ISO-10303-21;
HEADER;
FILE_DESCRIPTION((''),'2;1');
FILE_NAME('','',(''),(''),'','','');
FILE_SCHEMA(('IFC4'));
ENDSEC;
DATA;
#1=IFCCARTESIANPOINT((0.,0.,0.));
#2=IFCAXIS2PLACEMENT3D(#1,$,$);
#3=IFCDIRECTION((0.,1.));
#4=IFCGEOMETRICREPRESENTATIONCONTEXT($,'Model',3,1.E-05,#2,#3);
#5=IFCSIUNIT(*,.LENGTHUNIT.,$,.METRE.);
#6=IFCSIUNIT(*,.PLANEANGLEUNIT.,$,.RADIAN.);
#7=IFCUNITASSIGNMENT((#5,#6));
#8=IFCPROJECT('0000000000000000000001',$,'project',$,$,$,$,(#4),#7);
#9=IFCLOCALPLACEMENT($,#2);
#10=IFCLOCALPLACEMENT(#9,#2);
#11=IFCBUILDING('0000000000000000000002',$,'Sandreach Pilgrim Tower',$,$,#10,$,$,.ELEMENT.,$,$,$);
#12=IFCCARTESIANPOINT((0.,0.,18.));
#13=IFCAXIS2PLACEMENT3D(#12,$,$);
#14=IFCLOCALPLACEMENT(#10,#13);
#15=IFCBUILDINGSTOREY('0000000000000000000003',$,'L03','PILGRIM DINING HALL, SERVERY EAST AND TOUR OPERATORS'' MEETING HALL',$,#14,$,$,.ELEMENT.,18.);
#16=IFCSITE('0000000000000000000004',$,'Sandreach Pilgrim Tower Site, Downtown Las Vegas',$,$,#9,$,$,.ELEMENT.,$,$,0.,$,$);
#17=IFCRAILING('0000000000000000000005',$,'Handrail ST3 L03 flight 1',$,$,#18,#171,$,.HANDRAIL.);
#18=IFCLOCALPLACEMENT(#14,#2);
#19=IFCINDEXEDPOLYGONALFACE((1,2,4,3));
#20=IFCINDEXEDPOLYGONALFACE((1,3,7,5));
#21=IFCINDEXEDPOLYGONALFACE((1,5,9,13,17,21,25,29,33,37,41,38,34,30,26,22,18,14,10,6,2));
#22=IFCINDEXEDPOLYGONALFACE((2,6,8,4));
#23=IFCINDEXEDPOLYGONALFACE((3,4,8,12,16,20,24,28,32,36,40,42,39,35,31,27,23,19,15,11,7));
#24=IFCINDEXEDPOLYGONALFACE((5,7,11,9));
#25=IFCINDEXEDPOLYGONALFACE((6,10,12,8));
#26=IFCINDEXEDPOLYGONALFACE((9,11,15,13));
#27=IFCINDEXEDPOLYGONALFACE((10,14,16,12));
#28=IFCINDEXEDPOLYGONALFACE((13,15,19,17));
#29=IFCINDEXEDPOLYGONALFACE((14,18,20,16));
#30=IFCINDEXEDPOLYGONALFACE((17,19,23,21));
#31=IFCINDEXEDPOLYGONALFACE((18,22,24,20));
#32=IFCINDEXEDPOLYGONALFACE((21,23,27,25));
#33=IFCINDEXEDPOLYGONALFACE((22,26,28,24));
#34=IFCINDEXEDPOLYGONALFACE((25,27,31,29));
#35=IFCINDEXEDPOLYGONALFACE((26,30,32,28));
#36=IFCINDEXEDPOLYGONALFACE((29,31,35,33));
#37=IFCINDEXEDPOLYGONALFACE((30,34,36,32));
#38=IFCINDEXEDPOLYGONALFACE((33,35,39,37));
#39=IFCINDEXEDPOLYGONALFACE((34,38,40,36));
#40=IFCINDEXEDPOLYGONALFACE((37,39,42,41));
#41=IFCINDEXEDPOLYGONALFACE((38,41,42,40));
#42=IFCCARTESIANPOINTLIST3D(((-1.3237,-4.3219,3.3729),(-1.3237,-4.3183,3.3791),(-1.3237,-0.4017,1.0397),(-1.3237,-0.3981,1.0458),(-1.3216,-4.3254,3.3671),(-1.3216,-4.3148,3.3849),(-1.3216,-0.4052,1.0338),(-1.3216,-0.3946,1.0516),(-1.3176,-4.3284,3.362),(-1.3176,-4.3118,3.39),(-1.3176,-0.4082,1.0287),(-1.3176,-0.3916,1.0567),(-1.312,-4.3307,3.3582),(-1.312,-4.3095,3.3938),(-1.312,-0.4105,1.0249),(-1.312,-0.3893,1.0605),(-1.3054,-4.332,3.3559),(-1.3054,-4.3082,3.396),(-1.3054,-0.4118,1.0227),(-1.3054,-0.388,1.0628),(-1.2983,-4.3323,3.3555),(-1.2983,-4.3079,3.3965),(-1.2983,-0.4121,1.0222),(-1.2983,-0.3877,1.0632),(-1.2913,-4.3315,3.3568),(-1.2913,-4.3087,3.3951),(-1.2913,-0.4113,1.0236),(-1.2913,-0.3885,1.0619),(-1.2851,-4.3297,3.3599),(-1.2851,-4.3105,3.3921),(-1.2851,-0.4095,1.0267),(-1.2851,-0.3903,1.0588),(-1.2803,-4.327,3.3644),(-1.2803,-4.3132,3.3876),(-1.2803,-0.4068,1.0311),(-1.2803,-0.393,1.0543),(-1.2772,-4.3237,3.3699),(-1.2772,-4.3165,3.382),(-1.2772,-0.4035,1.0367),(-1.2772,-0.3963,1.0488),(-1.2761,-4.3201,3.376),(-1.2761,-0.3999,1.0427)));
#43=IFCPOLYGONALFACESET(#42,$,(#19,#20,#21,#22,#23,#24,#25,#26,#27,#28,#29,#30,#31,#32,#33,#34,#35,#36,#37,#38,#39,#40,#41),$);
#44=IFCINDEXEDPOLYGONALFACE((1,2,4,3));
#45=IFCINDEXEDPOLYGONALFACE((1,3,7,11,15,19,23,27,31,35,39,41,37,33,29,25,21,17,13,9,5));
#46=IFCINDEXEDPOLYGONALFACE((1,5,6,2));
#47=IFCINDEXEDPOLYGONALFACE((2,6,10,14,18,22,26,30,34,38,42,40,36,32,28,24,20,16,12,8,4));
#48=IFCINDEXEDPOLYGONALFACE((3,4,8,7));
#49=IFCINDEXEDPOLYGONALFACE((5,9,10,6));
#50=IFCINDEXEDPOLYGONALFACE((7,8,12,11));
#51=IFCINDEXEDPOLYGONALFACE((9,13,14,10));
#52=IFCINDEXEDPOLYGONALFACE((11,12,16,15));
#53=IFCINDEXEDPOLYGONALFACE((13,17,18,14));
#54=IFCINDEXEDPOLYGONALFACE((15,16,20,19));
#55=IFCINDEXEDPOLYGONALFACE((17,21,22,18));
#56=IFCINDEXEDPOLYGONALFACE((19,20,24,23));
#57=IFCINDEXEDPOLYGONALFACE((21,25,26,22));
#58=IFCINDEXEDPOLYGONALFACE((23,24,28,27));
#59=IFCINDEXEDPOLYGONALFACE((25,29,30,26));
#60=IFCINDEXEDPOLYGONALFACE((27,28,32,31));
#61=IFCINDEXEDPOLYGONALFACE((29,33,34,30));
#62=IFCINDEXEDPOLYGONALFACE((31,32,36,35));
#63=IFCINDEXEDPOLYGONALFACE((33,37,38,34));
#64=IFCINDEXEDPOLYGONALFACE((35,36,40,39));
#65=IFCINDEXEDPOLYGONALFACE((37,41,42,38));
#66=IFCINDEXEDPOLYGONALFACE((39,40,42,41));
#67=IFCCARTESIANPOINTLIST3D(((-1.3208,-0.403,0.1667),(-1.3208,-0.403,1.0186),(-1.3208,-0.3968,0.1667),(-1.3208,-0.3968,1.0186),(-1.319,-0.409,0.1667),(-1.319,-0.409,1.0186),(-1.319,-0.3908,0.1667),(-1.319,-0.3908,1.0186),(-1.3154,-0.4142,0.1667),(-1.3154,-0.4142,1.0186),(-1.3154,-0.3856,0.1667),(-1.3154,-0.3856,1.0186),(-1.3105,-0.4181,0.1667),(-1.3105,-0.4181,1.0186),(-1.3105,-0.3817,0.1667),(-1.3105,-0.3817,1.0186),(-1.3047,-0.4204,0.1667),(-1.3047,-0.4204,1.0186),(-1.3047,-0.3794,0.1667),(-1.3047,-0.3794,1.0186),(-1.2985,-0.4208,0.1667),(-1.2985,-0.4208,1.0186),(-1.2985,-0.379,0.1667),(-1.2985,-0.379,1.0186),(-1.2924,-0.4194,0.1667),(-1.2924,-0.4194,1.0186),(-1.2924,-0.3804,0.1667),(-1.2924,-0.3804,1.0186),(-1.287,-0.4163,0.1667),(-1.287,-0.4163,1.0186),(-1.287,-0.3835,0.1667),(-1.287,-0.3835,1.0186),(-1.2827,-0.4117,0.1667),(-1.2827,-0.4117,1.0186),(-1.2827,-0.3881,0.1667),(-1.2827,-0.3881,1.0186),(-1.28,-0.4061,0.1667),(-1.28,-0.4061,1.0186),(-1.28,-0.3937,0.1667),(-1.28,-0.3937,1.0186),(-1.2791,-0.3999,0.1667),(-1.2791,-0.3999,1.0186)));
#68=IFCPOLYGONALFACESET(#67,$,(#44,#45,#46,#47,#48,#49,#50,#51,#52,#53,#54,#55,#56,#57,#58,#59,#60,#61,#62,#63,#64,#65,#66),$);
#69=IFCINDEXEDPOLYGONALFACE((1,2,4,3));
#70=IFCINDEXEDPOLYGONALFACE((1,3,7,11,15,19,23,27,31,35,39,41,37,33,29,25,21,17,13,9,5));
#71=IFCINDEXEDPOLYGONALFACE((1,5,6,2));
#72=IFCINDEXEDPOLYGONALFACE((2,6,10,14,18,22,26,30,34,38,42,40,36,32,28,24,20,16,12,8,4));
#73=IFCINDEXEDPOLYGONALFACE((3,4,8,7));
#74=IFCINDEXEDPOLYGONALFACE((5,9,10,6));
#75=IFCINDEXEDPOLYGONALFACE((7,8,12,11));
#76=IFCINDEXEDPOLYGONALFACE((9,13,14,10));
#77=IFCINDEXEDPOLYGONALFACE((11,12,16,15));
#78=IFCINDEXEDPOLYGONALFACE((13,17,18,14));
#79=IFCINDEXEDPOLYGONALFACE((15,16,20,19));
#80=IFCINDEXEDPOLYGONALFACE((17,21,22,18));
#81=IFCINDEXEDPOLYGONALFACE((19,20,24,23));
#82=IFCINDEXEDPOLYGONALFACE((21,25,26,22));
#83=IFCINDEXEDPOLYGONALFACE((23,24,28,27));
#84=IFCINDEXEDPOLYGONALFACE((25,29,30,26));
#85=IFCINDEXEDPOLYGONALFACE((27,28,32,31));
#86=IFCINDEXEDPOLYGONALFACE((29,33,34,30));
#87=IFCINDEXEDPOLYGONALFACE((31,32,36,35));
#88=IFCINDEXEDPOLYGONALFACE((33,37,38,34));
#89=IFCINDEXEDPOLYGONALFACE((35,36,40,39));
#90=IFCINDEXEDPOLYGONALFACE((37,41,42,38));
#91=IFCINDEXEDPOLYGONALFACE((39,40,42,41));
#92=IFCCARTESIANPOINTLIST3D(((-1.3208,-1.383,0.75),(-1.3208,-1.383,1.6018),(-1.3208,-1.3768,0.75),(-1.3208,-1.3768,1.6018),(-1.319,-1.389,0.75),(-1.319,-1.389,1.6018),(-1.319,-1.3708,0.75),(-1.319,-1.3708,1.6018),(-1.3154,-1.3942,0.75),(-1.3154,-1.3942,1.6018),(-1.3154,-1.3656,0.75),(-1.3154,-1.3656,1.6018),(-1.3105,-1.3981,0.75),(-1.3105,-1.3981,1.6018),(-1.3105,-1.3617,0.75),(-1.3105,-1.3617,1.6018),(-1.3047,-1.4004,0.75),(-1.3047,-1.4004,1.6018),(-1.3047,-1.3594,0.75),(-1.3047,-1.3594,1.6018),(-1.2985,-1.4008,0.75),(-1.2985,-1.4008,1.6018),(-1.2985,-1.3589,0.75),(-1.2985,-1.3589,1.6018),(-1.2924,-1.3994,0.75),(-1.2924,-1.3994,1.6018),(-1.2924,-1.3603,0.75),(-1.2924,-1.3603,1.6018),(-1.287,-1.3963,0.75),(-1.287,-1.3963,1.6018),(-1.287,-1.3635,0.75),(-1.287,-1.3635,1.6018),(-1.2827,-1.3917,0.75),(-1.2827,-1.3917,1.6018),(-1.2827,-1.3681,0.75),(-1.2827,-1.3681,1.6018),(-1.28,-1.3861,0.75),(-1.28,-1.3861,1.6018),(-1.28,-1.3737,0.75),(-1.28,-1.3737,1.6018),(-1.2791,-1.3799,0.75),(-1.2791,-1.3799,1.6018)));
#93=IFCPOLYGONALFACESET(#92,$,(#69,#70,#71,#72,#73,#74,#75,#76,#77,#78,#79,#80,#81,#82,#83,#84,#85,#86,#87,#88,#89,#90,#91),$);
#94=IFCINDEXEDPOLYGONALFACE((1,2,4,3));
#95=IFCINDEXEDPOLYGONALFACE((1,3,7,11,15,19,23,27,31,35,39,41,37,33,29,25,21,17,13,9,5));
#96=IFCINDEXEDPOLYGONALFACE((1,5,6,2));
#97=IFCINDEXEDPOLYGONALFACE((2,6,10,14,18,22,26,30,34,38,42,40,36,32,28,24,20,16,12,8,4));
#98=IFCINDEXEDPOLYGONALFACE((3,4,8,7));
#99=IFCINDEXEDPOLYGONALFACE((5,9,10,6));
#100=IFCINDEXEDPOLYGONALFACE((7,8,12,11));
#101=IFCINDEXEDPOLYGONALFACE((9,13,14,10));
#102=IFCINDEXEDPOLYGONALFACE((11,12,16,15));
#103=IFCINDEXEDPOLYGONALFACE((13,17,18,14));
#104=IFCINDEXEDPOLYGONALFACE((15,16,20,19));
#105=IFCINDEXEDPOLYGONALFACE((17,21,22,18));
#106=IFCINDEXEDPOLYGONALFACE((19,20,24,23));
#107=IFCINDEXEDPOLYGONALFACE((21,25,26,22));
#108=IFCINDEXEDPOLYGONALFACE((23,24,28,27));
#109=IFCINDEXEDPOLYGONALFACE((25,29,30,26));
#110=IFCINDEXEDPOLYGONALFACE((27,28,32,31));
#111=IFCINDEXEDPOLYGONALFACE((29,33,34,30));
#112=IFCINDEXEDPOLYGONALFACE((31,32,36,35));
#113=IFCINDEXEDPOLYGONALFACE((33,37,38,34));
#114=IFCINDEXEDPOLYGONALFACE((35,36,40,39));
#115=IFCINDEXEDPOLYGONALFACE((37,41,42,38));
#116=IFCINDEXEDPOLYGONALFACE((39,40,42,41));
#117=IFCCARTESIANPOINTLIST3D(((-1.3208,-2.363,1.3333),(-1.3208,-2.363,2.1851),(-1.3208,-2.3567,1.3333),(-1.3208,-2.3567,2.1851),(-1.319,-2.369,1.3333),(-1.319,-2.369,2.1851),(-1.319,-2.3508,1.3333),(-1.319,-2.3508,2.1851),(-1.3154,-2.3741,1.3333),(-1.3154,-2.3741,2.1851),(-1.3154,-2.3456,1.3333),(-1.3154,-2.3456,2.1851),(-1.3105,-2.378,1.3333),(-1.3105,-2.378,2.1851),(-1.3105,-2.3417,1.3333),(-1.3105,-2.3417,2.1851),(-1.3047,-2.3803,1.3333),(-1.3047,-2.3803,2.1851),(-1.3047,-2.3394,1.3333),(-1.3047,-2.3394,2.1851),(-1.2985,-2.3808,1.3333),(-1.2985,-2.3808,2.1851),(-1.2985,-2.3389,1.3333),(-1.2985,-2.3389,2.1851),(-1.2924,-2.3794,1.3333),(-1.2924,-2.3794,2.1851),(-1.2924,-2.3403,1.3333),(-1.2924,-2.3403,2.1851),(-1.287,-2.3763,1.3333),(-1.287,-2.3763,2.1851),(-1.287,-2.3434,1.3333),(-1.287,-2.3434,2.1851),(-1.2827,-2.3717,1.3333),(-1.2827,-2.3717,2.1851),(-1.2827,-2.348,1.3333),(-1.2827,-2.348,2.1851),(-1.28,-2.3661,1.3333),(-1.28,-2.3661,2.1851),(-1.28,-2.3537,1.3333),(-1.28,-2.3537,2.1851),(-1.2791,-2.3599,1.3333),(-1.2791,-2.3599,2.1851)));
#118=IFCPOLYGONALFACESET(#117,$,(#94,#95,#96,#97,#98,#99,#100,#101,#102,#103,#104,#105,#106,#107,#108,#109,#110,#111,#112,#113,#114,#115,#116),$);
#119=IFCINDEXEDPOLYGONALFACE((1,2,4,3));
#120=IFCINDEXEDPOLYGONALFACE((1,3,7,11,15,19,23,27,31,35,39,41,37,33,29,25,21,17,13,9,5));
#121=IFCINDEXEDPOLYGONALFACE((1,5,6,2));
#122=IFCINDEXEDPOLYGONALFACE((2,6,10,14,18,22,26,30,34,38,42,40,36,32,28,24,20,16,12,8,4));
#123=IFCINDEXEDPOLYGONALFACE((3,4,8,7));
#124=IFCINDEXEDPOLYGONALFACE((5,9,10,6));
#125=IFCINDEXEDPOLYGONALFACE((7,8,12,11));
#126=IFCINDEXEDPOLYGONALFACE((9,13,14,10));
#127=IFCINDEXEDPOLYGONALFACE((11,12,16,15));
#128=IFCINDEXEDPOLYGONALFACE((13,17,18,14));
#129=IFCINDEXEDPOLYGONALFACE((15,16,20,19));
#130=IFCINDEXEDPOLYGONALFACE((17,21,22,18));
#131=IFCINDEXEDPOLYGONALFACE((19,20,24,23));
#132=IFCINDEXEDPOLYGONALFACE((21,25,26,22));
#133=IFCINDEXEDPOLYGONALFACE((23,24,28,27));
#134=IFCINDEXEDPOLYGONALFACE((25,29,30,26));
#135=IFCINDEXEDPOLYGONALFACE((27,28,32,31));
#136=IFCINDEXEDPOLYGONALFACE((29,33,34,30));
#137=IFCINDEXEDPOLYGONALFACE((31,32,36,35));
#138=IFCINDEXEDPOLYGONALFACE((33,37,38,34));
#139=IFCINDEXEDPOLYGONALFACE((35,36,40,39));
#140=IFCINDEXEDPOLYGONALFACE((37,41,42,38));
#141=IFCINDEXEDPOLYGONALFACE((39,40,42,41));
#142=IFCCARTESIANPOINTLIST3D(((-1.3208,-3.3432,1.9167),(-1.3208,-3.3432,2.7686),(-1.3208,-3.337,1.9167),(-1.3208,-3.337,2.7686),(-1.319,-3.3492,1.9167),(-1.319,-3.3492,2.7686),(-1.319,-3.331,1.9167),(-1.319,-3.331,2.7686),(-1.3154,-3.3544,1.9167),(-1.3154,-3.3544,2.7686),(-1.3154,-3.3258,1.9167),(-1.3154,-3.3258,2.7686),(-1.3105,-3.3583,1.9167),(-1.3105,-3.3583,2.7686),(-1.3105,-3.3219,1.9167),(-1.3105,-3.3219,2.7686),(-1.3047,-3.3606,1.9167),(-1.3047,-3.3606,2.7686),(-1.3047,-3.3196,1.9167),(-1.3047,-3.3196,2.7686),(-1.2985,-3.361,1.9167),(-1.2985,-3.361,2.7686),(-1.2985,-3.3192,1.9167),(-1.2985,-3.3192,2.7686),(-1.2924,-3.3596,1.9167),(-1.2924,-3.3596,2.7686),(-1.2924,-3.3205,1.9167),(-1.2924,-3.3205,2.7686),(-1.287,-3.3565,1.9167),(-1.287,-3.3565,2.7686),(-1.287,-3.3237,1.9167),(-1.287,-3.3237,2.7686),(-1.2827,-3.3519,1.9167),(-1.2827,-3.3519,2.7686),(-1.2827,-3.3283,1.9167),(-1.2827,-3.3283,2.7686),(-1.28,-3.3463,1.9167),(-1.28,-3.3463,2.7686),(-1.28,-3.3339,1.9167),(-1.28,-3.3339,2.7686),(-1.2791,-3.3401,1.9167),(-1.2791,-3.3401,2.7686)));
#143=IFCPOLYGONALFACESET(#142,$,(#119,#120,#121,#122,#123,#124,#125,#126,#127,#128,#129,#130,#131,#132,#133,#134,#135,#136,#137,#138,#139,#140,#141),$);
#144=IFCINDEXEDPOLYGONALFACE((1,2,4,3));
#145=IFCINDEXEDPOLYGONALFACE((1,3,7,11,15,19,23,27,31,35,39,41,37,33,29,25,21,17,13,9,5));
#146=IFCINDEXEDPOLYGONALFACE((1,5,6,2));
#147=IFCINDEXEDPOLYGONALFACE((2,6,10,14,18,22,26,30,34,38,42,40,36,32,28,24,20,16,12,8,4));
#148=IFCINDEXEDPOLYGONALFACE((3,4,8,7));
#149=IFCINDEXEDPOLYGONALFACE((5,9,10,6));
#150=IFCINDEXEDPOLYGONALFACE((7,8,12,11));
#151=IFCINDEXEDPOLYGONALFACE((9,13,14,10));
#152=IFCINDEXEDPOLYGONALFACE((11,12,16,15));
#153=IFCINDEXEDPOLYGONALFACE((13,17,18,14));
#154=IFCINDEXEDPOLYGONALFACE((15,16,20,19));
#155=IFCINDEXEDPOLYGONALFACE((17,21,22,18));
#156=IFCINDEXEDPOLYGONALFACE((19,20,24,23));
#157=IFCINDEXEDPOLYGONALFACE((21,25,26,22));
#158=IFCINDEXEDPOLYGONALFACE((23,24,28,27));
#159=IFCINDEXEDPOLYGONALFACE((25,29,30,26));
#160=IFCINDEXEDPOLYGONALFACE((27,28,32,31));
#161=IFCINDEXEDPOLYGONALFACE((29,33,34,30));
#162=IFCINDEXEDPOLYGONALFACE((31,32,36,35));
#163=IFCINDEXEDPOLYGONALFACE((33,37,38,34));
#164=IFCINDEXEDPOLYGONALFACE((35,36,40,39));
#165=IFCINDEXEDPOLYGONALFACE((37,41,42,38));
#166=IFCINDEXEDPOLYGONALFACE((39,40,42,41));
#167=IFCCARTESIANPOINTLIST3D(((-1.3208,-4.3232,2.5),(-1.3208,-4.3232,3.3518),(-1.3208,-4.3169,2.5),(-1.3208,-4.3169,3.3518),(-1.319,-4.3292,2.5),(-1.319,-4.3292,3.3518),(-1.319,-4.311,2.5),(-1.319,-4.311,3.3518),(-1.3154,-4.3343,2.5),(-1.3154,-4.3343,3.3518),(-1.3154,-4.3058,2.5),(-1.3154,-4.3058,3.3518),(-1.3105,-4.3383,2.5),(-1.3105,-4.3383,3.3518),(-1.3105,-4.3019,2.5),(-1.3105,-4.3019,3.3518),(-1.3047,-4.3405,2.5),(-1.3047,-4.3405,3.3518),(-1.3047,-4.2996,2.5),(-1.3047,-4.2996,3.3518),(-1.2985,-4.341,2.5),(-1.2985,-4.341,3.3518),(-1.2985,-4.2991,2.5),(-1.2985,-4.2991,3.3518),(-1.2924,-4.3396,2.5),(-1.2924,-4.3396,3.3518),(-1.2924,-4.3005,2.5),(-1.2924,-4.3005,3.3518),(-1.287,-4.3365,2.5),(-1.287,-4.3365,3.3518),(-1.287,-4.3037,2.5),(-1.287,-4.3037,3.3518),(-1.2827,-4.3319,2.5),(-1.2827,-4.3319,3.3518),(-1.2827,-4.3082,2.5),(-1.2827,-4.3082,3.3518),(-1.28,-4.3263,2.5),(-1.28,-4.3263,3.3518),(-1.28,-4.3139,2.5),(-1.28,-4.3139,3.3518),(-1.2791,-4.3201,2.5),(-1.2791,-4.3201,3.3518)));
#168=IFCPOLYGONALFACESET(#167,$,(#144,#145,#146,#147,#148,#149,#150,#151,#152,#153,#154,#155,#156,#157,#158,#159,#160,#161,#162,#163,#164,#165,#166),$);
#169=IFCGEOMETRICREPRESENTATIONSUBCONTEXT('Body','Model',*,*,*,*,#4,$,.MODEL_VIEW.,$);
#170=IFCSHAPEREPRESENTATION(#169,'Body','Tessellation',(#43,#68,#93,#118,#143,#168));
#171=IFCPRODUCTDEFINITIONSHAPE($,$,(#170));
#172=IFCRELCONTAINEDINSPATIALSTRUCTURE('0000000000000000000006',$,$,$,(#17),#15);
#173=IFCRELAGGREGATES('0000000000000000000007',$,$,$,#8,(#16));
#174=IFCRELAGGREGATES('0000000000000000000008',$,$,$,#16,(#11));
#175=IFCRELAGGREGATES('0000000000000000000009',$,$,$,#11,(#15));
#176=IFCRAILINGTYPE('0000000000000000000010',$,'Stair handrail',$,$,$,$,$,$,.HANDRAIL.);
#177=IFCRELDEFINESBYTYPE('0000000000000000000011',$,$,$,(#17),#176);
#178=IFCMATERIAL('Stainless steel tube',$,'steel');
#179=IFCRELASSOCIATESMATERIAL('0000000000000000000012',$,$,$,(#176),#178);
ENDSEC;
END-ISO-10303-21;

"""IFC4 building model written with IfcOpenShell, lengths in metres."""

from ifc_helpers import new_model, si_unit, direction, frame, origin, origin_2d, place, context, subcontext, project, spatial, circle, extrude, material, type_object, element, save


model = new_model("IFC4")

# Units and contexts
model_context = context("Model", 3, precision=1e-05, world=origin(), true_north=direction((0.0, 1.0)))
body_context = subcontext(model_context, "Body", "Model", "MODEL_VIEW")
ifc_project = project(units=[si_unit("LENGTHUNIT", "METRE"), si_unit("PLANEANGLEUNIT", "RADIAN")], contexts=[model_context])

# Site, building, storey
site_placement = place(None, origin())
site = spatial("IfcSite", under=ifc_project, at=site_placement, Name="Sandreach Pilgrim Tower Site, Downtown Las Vegas", CompositionType="ELEMENT", RefElevation=0.0)
building_placement = place(site_placement, origin())
building = spatial("IfcBuilding", under=site, at=building_placement, Name="Sandreach Pilgrim Tower", CompositionType="ELEMENT")
storey_placement = place(building_placement, frame((0.0, 0.0, 18.0)))
storey = spatial("IfcBuildingStorey", under=building, at=storey_placement, Name="L03", Description="PILGRIM DINING HALL, SERVERY EAST AND TOUR OPERATORS' MEETING HALL", CompositionType="ELEMENT", Elevation=18.0)

# Railing
ifc_material_1 = material(Name="Stainless steel tube", Category="steel")
railing_type = type_object("IfcRailingType", Name="Stair handrail", PredefinedType="HANDRAIL", material=ifc_material_1)
for number, where, name in (
    (1, (-1.3, -0.3999, 0.1667), "Handrail ST3 L03 flight 1"),
):
    element("IfcRailing", number, at=place(storey_placement, frame(where)), inside=storey, type_object=railing_type, Name=name, PredefinedType="HANDRAIL", context=body_context, shape_type="SweptSolid", body=[
        extrude(circle(Radius=0.0239, at=origin_2d()), frame((0.0, 0.0, 0.876), z_axis=(0.0, -0.85931, 0.511455), x_axis=(1.0, 0.0, 0.0)), (0.0, 0.0, 1.0), 4.562),
        extrude(circle(Radius=0.021, at=origin_2d()), origin(), (0.0, 0.0, 1.0), 0.8518),
        extrude(circle(Radius=0.021, at=origin_2d()), frame((0.0, -0.98, 0.5833)), (0.0, 0.0, 1.0), 0.8518),
        extrude(circle(Radius=0.021, at=origin_2d()), frame((0.0, -1.96, 1.1665)), (0.0, 0.0, 1.0), 0.8518),
        extrude(circle(Radius=0.021, at=origin_2d()), frame((0.0, -2.9402, 1.75)), (0.0, 0.0, 1.0), 0.8518),
        extrude(circle(Radius=0.021, at=origin_2d()), frame((0.0, -3.9202, 2.3333)), (0.0, 0.0, 1.0), 0.8518),
    ])

save(model, "model.ifc")
